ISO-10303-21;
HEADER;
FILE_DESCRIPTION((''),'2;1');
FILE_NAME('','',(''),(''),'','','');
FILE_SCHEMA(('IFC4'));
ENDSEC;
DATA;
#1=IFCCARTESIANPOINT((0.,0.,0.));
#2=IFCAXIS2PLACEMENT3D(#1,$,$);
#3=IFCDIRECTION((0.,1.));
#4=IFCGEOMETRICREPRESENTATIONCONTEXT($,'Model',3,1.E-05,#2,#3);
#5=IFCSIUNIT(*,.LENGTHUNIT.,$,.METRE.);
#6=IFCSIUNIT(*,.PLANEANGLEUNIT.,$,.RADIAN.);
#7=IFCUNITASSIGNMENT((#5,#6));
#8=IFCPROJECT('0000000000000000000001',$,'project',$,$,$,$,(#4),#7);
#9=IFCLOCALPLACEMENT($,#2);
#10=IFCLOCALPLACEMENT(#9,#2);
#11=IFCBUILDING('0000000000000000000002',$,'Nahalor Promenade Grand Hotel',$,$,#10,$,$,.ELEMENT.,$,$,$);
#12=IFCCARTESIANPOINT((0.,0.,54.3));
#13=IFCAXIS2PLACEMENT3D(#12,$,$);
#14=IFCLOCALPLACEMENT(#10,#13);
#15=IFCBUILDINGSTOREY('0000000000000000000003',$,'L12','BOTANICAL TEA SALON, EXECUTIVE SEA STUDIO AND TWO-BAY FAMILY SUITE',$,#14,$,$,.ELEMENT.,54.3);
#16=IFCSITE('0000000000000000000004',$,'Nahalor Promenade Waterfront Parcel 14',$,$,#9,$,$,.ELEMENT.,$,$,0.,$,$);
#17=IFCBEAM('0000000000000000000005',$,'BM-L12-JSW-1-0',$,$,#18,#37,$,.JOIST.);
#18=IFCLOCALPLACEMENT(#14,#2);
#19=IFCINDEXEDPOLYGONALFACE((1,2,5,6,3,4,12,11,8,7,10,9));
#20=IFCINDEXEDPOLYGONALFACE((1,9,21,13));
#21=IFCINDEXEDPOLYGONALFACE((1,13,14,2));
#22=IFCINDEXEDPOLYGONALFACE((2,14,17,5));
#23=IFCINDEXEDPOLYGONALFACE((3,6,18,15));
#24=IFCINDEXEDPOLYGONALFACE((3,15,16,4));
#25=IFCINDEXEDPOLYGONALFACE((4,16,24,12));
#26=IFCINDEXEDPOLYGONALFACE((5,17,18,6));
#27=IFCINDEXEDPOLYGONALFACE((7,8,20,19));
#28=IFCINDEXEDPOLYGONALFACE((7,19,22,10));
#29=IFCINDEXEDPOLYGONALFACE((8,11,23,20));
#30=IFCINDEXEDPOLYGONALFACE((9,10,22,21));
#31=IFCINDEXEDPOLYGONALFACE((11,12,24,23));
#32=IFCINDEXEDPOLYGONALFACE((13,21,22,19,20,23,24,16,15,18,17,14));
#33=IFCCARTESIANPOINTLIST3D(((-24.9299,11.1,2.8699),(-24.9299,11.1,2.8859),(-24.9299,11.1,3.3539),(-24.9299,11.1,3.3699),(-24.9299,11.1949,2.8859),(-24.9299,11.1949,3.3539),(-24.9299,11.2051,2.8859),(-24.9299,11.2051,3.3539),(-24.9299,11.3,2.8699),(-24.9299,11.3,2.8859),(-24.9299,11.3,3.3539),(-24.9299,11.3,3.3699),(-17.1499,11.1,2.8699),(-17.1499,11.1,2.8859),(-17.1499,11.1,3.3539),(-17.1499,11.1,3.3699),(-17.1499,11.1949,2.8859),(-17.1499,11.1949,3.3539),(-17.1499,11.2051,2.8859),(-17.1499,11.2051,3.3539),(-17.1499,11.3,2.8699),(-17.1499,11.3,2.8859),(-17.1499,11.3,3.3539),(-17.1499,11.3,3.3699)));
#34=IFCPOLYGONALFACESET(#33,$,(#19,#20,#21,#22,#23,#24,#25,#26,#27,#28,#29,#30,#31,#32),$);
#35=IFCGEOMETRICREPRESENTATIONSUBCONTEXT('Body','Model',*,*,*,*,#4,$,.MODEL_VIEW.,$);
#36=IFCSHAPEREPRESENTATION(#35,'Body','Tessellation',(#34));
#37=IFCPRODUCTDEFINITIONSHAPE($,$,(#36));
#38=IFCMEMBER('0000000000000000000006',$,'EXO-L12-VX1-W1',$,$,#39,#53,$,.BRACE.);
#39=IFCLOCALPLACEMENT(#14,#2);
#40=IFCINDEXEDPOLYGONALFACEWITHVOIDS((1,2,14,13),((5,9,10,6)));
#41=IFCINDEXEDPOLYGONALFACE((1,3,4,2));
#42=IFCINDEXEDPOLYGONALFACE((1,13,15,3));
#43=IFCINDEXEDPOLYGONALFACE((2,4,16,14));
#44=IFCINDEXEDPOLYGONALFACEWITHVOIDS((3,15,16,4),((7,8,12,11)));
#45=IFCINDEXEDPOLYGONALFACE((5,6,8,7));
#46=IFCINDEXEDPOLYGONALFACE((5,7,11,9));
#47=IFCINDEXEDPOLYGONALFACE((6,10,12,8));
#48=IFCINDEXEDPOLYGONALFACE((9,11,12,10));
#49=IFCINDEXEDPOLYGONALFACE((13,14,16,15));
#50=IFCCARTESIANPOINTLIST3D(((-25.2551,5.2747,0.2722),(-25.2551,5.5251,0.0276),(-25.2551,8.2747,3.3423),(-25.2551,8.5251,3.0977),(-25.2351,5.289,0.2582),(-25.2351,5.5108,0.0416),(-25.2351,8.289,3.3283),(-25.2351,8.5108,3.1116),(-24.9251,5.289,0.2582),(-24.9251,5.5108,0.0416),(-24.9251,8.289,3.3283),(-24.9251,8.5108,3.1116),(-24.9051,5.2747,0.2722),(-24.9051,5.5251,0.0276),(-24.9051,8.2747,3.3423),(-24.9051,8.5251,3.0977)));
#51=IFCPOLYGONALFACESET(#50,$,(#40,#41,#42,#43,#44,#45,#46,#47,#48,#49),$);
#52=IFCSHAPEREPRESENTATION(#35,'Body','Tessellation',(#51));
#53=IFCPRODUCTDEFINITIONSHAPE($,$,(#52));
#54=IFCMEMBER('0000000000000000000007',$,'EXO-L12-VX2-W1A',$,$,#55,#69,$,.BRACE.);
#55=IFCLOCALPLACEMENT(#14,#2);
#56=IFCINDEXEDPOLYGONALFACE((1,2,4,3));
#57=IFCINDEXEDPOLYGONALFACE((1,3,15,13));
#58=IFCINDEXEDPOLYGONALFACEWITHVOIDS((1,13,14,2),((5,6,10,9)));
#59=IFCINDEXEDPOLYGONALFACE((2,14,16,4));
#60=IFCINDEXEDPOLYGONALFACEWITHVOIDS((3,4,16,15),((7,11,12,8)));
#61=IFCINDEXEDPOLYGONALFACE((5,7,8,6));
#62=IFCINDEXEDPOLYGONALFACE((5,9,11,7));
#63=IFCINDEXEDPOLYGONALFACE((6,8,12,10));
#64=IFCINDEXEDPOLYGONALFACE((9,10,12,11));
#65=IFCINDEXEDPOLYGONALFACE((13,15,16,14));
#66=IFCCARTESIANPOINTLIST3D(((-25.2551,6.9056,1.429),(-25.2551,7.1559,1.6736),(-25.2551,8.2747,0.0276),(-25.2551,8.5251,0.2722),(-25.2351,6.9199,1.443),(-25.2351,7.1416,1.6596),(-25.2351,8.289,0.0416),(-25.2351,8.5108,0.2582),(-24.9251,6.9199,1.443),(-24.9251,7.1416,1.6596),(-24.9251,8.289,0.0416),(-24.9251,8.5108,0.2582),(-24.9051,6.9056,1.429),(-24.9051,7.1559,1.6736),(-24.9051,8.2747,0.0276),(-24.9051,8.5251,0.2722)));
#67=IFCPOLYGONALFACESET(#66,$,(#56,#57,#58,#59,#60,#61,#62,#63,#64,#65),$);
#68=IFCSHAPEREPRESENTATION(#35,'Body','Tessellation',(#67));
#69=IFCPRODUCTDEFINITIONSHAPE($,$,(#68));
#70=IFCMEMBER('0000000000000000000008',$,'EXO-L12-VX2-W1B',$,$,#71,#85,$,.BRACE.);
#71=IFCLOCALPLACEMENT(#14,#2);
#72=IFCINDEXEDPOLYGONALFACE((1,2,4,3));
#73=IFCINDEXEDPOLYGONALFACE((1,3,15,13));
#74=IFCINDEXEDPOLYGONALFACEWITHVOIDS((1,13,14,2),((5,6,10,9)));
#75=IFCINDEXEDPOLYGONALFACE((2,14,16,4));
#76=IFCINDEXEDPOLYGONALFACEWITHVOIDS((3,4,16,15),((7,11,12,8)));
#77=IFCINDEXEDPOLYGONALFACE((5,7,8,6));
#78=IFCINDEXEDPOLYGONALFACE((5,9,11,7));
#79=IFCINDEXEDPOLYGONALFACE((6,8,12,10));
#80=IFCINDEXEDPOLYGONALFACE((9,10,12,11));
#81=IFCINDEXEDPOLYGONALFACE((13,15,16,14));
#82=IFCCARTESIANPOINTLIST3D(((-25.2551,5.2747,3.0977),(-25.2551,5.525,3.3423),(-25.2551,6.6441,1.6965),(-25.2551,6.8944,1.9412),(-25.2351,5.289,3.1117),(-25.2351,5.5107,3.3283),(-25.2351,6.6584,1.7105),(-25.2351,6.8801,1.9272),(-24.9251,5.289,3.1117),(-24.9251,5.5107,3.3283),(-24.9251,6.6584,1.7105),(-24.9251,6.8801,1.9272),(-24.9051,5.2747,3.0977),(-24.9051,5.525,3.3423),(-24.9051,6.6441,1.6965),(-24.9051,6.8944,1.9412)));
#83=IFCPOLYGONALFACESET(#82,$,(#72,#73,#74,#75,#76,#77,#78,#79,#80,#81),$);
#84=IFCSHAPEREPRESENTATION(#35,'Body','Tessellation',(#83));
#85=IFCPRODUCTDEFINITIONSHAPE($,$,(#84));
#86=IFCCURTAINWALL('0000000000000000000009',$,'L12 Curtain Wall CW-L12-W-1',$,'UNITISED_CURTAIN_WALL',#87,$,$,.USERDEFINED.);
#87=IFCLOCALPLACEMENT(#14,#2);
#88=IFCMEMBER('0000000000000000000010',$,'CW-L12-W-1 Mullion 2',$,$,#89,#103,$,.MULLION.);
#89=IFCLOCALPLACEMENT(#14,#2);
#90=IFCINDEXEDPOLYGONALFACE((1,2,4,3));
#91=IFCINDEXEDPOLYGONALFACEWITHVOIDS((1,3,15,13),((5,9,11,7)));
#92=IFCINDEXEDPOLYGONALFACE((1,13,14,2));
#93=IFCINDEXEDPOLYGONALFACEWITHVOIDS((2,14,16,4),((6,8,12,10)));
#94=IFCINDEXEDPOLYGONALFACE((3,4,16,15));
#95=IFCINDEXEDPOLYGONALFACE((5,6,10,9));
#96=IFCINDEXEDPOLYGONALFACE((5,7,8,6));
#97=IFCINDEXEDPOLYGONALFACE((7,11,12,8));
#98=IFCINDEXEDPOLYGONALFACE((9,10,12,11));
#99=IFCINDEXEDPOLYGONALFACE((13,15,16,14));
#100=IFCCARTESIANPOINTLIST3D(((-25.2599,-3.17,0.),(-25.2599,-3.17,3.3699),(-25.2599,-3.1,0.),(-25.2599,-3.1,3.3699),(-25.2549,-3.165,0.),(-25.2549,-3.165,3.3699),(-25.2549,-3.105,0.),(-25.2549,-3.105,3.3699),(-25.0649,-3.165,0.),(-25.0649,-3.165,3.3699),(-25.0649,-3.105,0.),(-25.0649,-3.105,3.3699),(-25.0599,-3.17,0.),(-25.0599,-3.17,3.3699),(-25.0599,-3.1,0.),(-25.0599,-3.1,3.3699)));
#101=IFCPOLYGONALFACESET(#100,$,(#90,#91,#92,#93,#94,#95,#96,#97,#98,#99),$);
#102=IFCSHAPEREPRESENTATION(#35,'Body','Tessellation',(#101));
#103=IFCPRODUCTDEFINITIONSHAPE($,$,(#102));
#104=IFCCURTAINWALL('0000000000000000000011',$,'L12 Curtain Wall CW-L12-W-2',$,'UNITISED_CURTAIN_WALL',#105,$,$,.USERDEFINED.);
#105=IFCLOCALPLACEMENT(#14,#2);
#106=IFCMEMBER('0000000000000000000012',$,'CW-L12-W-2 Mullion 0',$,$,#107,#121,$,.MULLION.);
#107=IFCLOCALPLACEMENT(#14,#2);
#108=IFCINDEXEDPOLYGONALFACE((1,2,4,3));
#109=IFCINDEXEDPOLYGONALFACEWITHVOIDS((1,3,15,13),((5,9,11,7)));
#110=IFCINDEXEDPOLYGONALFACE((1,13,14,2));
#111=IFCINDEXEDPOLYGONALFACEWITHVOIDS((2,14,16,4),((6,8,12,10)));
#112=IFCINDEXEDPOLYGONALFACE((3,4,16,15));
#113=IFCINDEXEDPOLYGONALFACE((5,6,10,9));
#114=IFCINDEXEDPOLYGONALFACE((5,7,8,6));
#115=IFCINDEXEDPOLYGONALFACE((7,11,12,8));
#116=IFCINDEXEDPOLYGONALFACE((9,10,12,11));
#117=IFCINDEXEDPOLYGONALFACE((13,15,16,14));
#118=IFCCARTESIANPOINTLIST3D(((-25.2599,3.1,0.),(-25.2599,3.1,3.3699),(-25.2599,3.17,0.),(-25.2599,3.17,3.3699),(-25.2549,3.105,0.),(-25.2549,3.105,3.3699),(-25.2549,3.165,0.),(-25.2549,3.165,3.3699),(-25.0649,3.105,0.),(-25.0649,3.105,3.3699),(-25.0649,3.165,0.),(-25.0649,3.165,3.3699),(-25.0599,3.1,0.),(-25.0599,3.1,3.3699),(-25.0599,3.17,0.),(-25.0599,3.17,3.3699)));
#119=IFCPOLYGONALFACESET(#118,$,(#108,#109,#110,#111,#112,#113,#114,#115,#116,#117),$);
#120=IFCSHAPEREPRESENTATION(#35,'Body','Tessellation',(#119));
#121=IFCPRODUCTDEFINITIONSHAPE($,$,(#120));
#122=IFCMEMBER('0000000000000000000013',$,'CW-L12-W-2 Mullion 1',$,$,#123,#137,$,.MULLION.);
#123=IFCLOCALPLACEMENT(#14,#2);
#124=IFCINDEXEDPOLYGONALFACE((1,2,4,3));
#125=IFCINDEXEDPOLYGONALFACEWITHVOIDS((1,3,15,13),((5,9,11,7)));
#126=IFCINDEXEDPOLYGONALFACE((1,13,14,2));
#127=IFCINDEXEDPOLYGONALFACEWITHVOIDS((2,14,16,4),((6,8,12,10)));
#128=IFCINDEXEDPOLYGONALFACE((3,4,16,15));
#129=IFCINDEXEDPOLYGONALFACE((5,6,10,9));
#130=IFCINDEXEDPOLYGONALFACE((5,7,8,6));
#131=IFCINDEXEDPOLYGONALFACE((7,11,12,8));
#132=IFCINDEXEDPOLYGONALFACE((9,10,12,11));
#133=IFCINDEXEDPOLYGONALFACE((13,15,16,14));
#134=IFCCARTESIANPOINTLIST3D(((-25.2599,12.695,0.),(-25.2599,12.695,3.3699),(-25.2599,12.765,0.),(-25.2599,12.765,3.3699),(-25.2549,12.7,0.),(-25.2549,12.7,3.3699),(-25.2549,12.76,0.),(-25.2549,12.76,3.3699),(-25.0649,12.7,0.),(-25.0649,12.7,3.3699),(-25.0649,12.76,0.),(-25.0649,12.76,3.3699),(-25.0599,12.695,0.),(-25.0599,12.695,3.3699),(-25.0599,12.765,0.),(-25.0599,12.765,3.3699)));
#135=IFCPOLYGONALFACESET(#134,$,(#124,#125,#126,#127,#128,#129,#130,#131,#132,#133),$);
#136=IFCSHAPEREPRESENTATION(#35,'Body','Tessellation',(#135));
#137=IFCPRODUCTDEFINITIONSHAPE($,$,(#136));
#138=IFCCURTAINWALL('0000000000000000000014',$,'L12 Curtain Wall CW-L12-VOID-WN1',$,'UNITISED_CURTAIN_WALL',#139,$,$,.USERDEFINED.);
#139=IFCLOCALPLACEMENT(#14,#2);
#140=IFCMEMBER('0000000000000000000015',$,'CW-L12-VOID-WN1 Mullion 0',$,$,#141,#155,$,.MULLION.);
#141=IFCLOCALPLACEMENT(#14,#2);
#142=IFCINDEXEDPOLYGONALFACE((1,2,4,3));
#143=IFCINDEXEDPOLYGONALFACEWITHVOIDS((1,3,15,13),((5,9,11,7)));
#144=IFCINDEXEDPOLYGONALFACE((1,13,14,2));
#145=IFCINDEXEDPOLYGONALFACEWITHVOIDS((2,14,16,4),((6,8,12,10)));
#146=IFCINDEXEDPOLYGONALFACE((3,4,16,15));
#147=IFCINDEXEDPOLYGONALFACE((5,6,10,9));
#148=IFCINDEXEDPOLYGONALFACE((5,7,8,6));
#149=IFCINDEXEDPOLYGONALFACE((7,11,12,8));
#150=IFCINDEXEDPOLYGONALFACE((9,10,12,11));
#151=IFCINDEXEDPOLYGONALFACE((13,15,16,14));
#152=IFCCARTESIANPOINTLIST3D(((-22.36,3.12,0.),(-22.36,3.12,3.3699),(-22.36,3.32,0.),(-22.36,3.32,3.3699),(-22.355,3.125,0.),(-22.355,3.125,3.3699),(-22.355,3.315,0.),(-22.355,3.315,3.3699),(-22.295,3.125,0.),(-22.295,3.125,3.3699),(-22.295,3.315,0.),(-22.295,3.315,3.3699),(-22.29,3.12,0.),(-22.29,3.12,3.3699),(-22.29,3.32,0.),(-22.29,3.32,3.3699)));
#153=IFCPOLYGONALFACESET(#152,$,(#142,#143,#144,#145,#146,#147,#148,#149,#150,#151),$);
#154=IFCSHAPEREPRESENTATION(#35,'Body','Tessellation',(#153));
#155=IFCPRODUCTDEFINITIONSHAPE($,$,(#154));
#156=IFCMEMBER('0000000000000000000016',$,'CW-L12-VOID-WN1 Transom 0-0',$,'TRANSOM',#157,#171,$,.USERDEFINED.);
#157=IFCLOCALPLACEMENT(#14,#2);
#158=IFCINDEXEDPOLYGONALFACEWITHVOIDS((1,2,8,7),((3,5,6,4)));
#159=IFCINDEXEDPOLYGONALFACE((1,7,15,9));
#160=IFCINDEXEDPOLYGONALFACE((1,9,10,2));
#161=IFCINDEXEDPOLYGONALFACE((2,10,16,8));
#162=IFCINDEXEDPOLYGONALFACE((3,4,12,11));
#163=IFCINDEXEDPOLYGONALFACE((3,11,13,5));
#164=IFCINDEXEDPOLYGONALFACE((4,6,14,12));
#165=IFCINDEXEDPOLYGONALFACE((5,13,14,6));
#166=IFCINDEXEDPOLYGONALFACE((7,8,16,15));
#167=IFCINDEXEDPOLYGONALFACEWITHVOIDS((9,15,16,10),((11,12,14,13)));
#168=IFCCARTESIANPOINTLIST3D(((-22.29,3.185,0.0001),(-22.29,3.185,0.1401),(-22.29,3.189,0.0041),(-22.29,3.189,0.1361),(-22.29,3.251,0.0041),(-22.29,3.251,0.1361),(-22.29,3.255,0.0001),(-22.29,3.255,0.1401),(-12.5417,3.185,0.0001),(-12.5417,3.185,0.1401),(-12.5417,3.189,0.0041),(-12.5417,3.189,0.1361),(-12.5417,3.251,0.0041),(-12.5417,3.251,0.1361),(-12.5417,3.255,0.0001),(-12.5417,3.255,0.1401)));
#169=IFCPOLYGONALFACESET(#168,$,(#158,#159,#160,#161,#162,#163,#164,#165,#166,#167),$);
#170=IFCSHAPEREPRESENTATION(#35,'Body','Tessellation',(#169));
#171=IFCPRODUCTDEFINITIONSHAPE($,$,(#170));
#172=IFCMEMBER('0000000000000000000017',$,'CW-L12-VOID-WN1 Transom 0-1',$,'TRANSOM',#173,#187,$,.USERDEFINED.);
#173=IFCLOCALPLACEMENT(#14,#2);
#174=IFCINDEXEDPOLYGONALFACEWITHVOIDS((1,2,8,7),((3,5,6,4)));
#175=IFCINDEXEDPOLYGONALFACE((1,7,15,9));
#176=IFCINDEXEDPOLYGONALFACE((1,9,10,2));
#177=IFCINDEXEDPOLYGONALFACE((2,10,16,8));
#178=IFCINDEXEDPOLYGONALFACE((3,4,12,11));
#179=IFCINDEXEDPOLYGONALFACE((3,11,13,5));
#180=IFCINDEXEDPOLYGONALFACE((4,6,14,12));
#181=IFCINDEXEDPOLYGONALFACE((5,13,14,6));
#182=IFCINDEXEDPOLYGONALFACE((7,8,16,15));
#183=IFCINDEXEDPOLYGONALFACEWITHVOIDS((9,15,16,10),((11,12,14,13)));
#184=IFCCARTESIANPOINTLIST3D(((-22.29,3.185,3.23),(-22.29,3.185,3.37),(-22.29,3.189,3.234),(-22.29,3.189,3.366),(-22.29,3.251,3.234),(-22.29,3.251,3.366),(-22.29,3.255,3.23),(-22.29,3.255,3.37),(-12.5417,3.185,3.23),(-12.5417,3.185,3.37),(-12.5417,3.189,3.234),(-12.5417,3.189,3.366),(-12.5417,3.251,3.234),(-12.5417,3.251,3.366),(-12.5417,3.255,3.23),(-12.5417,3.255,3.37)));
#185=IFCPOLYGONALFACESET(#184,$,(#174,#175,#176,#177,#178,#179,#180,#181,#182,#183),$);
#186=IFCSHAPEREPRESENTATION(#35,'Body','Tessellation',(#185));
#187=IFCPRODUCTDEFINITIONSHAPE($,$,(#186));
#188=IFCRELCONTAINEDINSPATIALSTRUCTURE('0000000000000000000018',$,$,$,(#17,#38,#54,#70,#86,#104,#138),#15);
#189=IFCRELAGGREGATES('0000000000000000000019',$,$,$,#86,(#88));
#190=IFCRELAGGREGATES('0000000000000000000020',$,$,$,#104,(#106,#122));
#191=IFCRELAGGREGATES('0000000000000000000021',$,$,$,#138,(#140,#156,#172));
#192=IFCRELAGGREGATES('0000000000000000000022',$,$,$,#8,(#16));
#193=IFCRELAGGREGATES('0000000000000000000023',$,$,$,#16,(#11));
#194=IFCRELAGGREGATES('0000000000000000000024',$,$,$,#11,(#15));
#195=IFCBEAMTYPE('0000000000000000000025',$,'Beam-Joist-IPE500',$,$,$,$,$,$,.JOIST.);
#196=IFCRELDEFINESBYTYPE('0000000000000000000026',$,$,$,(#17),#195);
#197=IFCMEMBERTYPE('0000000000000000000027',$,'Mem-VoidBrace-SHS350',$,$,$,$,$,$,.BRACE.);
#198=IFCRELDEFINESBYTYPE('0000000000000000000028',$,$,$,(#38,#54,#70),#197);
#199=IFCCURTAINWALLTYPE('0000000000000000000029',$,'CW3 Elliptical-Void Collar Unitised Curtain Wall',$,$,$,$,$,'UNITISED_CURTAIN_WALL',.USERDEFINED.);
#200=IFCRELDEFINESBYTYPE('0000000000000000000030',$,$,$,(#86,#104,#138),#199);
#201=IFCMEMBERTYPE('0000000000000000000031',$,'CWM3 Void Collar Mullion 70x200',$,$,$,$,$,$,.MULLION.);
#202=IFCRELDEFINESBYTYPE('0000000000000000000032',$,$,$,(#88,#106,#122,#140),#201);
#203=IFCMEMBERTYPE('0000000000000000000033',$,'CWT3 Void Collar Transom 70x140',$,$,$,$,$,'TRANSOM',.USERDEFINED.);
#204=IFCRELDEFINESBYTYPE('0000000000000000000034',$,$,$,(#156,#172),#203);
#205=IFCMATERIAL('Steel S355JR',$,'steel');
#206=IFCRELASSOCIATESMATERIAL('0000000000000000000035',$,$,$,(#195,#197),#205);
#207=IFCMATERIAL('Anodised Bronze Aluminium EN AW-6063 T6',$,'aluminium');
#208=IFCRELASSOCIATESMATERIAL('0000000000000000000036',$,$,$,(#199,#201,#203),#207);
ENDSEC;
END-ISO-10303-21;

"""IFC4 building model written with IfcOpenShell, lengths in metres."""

from ifc_helpers import new_model, si_unit, direction, frame, origin, origin_2d, place, context, subcontext, project, spatial, hollow_rectangle, i_section, extrude, source, transform, mapped, material, material_profile, profile_set, type_object, element, aggregate, save


model = new_model("IFC4")

# Units and contexts
model_context = context("Model", 3, precision=1e-05, world=origin(), true_north=direction((0.0, 1.0)))
body_context = subcontext(model_context, "Body", "Model", "MODEL_VIEW")
ifc_project = project(units=[si_unit("LENGTHUNIT", "METRE"), si_unit("PLANEANGLEUNIT", "RADIAN")], contexts=[model_context])

# Site, building, storey
site_placement = place(None, origin())
site = spatial("IfcSite", under=ifc_project, at=site_placement, Name="Nahalor Promenade Waterfront Parcel 14", CompositionType="ELEMENT", RefElevation=0.0)
building_placement = place(site_placement, origin())
building = spatial("IfcBuilding", under=site, at=building_placement, Name="Nahalor Promenade Grand Hotel", CompositionType="ELEMENT")
storey_placement = place(building_placement, frame((0.0, 0.0, 54.3)))
storey = spatial("IfcBuildingStorey", under=building, at=storey_placement, Name="L12", Description="BOTANICAL TEA SALON, EXECUTIVE SEA STUDIO AND TWO-BAY FAMILY SUITE", CompositionType="ELEMENT", Elevation=54.3)

# Beam
ifc_material_1 = material(Name="Steel S355JR", Category="steel")
ifc_material_profile_1 = material_profile(ifc_material_1, i_section(OverallWidth=0.2, OverallDepth=0.5, WebThickness=0.0102, FlangeThickness=0.016, at=origin_2d()), Name="IPE 500")
ifc_profile_set_1 = profile_set([ifc_material_profile_1], Name="Steel S355JR")
beam_type_1 = type_object("IfcBeamType", Name="Beam-Joist-IPE500", PredefinedType="JOIST", material=ifc_profile_set_1)
shared_shape_1 = source(origin(), body_context, "Body", "SweptSolid", [
    extrude(i_section(OverallWidth=0.2, OverallDepth=0.5, WebThickness=0.0102, FlangeThickness=0.016, at=origin_2d()), origin(), (0.0, 0.0, 1.0), 7.78),
])
beam_1_placement = place(storey_placement, frame((-24.9299, 11.2, 3.1199), z_axis=(1.0, 0.0, 0.0), x_axis=(0.0, 1.0, 0.0)))
element("IfcBeam", 1, at=beam_1_placement, inside=storey, type_object=beam_type_1, Name="BM-L12-JSW-1-0", PredefinedType="JOIST", context=body_context, shape_type="MappedRepresentation", body=[
    mapped(shared_shape_1, transform((0.0, 0.0, 0.0), scale=1.0)),
])

# Members
ifc_material_profile_2 = material_profile(ifc_material_1, hollow_rectangle(XDim=0.35, YDim=0.35, WallThickness=0.02, at=origin_2d()), Name="SHS 350x350x20")
ifc_profile_set_2 = profile_set([ifc_material_profile_2], Name="Steel S355JR")
member_type_1 = type_object("IfcMemberType", Name="Mem-VoidBrace-SHS350", PredefinedType="BRACE", material=ifc_profile_set_2)
shared_shape_2 = source(origin(), body_context, "Body", "SweptSolid", [
    extrude(hollow_rectangle(XDim=0.35, YDim=0.35, WallThickness=0.02, at=origin_2d()), origin(), (0.0, 0.0, 1.0), 4.2925),
])
member_1_placement = place(storey_placement, frame((-25.0801, 5.3999, 0.1499), z_axis=(0.0, 0.698898, 0.715221), x_axis=(-1.0, 0.0, 0.0)))
element("IfcMember", 2, at=member_1_placement, inside=storey, type_object=member_type_1, Name="EXO-L12-VX1-W1", PredefinedType="BRACE", context=body_context, shape_type="MappedRepresentation", body=[
    mapped(shared_shape_2, transform((0.0, 0.0, 0.0), scale=1.0)),
])
shared_shape_3 = source(origin(), body_context, "Body", "SweptSolid", [
    extrude(hollow_rectangle(XDim=0.35, YDim=0.35, WallThickness=0.02, at=origin_2d()), origin(), (0.0, 0.0, 1.0), 1.9592),
])
for number, where, z_axis, x_axis, name in (
    (3, (-25.0801, 8.3999, 0.1499), (0.0, -0.698834, 0.715283), (1.0, 0.0, 0.0), "EXO-L12-VX2-W1A"),
    (4, (-25.0801, 6.7693, 1.8188), (0.0, -0.69896, 0.71516), (1.0, 0.0, 0.0), "EXO-L12-VX2-W1B"),
):
    element("IfcMember", number, at=place(storey_placement, frame(where, z_axis=z_axis, x_axis=x_axis)), inside=storey, type_object=member_type_1, Name=name, PredefinedType="BRACE", context=body_context, shape_type="MappedRepresentation", body=[
        mapped(shared_shape_3, transform((0.0, 0.0, 0.0), scale=1.0)),
    ])

# Curtain wall, member
ifc_material_2 = material(Name="Anodised Bronze Aluminium EN AW-6063 T6", Category="aluminium")
curtain_wall_type = type_object("IfcCurtainWallType", Name="CW3 Elliptical-Void Collar Unitised Curtain Wall", ElementType="UNITISED_CURTAIN_WALL", PredefinedType="USERDEFINED", material=ifc_material_2)
curtain_wall_1_placement = place(storey_placement, origin())
curtain_wall_1 = element("IfcCurtainWall", 5, at=curtain_wall_1_placement, inside=storey, type_object=curtain_wall_type, Name="L12 Curtain Wall CW-L12-W-1", ObjectType="UNITISED_CURTAIN_WALL", PredefinedType="USERDEFINED")
ifc_material_profile_3 = material_profile(ifc_material_2, hollow_rectangle(XDim=0.07, YDim=0.2, WallThickness=0.005, at=origin_2d()), Name="CWM 70x200x5")
ifc_profile_set_3 = profile_set([ifc_material_profile_3], Name="Anodised Bronze Aluminium EN AW-6063 T6")
member_type_2 = type_object("IfcMemberType", Name="CWM3 Void Collar Mullion 70x200", PredefinedType="MULLION", material=ifc_profile_set_3)
shared_shape_4 = source(origin(), body_context, "Body", "SweptSolid", [
    extrude(hollow_rectangle(XDim=0.07, YDim=0.2, WallThickness=0.005, at=origin_2d()), origin(), (0.0, 0.0, 1.0), 3.3699),
])
member_2_placement = place(storey_placement, frame((-25.1599, -3.135, 0.0), z_axis=(0.0, 0.0, 1.0), x_axis=(0.0, 1.0, 0.0)))
member_2 = element("IfcMember", 6, at=member_2_placement, type_object=member_type_2, Name="CW-L12-W-1 Mullion 2", PredefinedType="MULLION", context=body_context, shape_type="MappedRepresentation", body=[
    mapped(shared_shape_4, transform((0.0, 0.0, 0.0), scale=1.0)),
])
aggregate(curtain_wall_1, [member_2])

# Curtain walls, members
curtain_wall_2_placement = place(storey_placement, origin())
curtain_wall_2 = element("IfcCurtainWall", 7, at=curtain_wall_2_placement, inside=storey, type_object=curtain_wall_type, Name="L12 Curtain Wall CW-L12-W-2", ObjectType="UNITISED_CURTAIN_WALL", PredefinedType="USERDEFINED")
member_3_placement = place(storey_placement, frame((-25.1599, 3.135, 0.0), z_axis=(0.0, 0.0, 1.0), x_axis=(0.0, 1.0, 0.0)))
member_3 = element("IfcMember", 8, at=member_3_placement, type_object=member_type_2, Name="CW-L12-W-2 Mullion 0", PredefinedType="MULLION", context=body_context, shape_type="MappedRepresentation", body=[
    mapped(shared_shape_4, transform((0.0, 0.0, 0.0), scale=1.0)),
])
member_4_placement = place(storey_placement, frame((-25.1599, 12.73, 0.0), z_axis=(0.0, 0.0, 1.0), x_axis=(0.0, 1.0, 0.0)))
member_4 = element("IfcMember", 9, at=member_4_placement, type_object=member_type_2, Name="CW-L12-W-2 Mullion 1", PredefinedType="MULLION", context=body_context, shape_type="MappedRepresentation", body=[
    mapped(shared_shape_4, transform((0.0, 0.0, 0.0), scale=1.0)),
])
curtain_wall_3_placement = place(storey_placement, origin())
curtain_wall_3 = element("IfcCurtainWall", 10, at=curtain_wall_3_placement, inside=storey, type_object=curtain_wall_type, Name="L12 Curtain Wall CW-L12-VOID-WN1", ObjectType="UNITISED_CURTAIN_WALL", PredefinedType="USERDEFINED")
member_5_placement = place(storey_placement, frame((-22.325, 3.22, 0.0), z_axis=(0.0, 0.0, 1.0), x_axis=(1.0, 0.0, 0.0)))
member_5 = element("IfcMember", 11, at=member_5_placement, type_object=member_type_2, Name="CW-L12-VOID-WN1 Mullion 0", PredefinedType="MULLION", context=body_context, shape_type="MappedRepresentation", body=[
    mapped(shared_shape_4, transform((0.0, 0.0, 0.0), scale=1.0)),
])
ifc_material_profile_4 = material_profile(ifc_material_2, hollow_rectangle(XDim=0.07, YDim=0.14, WallThickness=0.004, at=origin_2d()), Name="CWT 70x140x4")
ifc_profile_set_4 = profile_set([ifc_material_profile_4], Name="Anodised Bronze Aluminium EN AW-6063 T6")
member_type_3 = type_object("IfcMemberType", Name="CWT3 Void Collar Transom 70x140", ElementType="TRANSOM", PredefinedType="USERDEFINED", material=ifc_profile_set_4)
shared_shape_5 = source(origin(), body_context, "Body", "SweptSolid", [
    extrude(hollow_rectangle(XDim=0.07, YDim=0.14, WallThickness=0.004, at=origin_2d()), origin(), (0.0, 0.0, 1.0), 9.7483),
])
member_6_placement = place(storey_placement, frame((-22.29, 3.22, 0.0701), z_axis=(1.0, 0.0, 0.0), x_axis=(0.0, 1.0, 0.0)))
member_6 = element("IfcMember", 12, at=member_6_placement, type_object=member_type_3, Name="CW-L12-VOID-WN1 Transom 0-0", ObjectType="TRANSOM", PredefinedType="USERDEFINED", context=body_context, shape_type="MappedRepresentation", body=[
    mapped(shared_shape_5, transform((0.0, 0.0, 0.0), scale=1.0)),
])
member_7_placement = place(storey_placement, frame((-22.29, 3.22, 3.3), z_axis=(1.0, 0.0, 0.0), x_axis=(0.0, 1.0, 0.0)))
member_7 = element("IfcMember", 13, at=member_7_placement, type_object=member_type_3, Name="CW-L12-VOID-WN1 Transom 0-1", ObjectType="TRANSOM", PredefinedType="USERDEFINED", context=body_context, shape_type="MappedRepresentation", body=[
    mapped(shared_shape_5, transform((0.0, 0.0, 0.0), scale=1.0)),
])

aggregate(curtain_wall_2, [member_3, member_4])
aggregate(curtain_wall_3, [member_5, member_6, member_7])

save(model, "model.ifc")
